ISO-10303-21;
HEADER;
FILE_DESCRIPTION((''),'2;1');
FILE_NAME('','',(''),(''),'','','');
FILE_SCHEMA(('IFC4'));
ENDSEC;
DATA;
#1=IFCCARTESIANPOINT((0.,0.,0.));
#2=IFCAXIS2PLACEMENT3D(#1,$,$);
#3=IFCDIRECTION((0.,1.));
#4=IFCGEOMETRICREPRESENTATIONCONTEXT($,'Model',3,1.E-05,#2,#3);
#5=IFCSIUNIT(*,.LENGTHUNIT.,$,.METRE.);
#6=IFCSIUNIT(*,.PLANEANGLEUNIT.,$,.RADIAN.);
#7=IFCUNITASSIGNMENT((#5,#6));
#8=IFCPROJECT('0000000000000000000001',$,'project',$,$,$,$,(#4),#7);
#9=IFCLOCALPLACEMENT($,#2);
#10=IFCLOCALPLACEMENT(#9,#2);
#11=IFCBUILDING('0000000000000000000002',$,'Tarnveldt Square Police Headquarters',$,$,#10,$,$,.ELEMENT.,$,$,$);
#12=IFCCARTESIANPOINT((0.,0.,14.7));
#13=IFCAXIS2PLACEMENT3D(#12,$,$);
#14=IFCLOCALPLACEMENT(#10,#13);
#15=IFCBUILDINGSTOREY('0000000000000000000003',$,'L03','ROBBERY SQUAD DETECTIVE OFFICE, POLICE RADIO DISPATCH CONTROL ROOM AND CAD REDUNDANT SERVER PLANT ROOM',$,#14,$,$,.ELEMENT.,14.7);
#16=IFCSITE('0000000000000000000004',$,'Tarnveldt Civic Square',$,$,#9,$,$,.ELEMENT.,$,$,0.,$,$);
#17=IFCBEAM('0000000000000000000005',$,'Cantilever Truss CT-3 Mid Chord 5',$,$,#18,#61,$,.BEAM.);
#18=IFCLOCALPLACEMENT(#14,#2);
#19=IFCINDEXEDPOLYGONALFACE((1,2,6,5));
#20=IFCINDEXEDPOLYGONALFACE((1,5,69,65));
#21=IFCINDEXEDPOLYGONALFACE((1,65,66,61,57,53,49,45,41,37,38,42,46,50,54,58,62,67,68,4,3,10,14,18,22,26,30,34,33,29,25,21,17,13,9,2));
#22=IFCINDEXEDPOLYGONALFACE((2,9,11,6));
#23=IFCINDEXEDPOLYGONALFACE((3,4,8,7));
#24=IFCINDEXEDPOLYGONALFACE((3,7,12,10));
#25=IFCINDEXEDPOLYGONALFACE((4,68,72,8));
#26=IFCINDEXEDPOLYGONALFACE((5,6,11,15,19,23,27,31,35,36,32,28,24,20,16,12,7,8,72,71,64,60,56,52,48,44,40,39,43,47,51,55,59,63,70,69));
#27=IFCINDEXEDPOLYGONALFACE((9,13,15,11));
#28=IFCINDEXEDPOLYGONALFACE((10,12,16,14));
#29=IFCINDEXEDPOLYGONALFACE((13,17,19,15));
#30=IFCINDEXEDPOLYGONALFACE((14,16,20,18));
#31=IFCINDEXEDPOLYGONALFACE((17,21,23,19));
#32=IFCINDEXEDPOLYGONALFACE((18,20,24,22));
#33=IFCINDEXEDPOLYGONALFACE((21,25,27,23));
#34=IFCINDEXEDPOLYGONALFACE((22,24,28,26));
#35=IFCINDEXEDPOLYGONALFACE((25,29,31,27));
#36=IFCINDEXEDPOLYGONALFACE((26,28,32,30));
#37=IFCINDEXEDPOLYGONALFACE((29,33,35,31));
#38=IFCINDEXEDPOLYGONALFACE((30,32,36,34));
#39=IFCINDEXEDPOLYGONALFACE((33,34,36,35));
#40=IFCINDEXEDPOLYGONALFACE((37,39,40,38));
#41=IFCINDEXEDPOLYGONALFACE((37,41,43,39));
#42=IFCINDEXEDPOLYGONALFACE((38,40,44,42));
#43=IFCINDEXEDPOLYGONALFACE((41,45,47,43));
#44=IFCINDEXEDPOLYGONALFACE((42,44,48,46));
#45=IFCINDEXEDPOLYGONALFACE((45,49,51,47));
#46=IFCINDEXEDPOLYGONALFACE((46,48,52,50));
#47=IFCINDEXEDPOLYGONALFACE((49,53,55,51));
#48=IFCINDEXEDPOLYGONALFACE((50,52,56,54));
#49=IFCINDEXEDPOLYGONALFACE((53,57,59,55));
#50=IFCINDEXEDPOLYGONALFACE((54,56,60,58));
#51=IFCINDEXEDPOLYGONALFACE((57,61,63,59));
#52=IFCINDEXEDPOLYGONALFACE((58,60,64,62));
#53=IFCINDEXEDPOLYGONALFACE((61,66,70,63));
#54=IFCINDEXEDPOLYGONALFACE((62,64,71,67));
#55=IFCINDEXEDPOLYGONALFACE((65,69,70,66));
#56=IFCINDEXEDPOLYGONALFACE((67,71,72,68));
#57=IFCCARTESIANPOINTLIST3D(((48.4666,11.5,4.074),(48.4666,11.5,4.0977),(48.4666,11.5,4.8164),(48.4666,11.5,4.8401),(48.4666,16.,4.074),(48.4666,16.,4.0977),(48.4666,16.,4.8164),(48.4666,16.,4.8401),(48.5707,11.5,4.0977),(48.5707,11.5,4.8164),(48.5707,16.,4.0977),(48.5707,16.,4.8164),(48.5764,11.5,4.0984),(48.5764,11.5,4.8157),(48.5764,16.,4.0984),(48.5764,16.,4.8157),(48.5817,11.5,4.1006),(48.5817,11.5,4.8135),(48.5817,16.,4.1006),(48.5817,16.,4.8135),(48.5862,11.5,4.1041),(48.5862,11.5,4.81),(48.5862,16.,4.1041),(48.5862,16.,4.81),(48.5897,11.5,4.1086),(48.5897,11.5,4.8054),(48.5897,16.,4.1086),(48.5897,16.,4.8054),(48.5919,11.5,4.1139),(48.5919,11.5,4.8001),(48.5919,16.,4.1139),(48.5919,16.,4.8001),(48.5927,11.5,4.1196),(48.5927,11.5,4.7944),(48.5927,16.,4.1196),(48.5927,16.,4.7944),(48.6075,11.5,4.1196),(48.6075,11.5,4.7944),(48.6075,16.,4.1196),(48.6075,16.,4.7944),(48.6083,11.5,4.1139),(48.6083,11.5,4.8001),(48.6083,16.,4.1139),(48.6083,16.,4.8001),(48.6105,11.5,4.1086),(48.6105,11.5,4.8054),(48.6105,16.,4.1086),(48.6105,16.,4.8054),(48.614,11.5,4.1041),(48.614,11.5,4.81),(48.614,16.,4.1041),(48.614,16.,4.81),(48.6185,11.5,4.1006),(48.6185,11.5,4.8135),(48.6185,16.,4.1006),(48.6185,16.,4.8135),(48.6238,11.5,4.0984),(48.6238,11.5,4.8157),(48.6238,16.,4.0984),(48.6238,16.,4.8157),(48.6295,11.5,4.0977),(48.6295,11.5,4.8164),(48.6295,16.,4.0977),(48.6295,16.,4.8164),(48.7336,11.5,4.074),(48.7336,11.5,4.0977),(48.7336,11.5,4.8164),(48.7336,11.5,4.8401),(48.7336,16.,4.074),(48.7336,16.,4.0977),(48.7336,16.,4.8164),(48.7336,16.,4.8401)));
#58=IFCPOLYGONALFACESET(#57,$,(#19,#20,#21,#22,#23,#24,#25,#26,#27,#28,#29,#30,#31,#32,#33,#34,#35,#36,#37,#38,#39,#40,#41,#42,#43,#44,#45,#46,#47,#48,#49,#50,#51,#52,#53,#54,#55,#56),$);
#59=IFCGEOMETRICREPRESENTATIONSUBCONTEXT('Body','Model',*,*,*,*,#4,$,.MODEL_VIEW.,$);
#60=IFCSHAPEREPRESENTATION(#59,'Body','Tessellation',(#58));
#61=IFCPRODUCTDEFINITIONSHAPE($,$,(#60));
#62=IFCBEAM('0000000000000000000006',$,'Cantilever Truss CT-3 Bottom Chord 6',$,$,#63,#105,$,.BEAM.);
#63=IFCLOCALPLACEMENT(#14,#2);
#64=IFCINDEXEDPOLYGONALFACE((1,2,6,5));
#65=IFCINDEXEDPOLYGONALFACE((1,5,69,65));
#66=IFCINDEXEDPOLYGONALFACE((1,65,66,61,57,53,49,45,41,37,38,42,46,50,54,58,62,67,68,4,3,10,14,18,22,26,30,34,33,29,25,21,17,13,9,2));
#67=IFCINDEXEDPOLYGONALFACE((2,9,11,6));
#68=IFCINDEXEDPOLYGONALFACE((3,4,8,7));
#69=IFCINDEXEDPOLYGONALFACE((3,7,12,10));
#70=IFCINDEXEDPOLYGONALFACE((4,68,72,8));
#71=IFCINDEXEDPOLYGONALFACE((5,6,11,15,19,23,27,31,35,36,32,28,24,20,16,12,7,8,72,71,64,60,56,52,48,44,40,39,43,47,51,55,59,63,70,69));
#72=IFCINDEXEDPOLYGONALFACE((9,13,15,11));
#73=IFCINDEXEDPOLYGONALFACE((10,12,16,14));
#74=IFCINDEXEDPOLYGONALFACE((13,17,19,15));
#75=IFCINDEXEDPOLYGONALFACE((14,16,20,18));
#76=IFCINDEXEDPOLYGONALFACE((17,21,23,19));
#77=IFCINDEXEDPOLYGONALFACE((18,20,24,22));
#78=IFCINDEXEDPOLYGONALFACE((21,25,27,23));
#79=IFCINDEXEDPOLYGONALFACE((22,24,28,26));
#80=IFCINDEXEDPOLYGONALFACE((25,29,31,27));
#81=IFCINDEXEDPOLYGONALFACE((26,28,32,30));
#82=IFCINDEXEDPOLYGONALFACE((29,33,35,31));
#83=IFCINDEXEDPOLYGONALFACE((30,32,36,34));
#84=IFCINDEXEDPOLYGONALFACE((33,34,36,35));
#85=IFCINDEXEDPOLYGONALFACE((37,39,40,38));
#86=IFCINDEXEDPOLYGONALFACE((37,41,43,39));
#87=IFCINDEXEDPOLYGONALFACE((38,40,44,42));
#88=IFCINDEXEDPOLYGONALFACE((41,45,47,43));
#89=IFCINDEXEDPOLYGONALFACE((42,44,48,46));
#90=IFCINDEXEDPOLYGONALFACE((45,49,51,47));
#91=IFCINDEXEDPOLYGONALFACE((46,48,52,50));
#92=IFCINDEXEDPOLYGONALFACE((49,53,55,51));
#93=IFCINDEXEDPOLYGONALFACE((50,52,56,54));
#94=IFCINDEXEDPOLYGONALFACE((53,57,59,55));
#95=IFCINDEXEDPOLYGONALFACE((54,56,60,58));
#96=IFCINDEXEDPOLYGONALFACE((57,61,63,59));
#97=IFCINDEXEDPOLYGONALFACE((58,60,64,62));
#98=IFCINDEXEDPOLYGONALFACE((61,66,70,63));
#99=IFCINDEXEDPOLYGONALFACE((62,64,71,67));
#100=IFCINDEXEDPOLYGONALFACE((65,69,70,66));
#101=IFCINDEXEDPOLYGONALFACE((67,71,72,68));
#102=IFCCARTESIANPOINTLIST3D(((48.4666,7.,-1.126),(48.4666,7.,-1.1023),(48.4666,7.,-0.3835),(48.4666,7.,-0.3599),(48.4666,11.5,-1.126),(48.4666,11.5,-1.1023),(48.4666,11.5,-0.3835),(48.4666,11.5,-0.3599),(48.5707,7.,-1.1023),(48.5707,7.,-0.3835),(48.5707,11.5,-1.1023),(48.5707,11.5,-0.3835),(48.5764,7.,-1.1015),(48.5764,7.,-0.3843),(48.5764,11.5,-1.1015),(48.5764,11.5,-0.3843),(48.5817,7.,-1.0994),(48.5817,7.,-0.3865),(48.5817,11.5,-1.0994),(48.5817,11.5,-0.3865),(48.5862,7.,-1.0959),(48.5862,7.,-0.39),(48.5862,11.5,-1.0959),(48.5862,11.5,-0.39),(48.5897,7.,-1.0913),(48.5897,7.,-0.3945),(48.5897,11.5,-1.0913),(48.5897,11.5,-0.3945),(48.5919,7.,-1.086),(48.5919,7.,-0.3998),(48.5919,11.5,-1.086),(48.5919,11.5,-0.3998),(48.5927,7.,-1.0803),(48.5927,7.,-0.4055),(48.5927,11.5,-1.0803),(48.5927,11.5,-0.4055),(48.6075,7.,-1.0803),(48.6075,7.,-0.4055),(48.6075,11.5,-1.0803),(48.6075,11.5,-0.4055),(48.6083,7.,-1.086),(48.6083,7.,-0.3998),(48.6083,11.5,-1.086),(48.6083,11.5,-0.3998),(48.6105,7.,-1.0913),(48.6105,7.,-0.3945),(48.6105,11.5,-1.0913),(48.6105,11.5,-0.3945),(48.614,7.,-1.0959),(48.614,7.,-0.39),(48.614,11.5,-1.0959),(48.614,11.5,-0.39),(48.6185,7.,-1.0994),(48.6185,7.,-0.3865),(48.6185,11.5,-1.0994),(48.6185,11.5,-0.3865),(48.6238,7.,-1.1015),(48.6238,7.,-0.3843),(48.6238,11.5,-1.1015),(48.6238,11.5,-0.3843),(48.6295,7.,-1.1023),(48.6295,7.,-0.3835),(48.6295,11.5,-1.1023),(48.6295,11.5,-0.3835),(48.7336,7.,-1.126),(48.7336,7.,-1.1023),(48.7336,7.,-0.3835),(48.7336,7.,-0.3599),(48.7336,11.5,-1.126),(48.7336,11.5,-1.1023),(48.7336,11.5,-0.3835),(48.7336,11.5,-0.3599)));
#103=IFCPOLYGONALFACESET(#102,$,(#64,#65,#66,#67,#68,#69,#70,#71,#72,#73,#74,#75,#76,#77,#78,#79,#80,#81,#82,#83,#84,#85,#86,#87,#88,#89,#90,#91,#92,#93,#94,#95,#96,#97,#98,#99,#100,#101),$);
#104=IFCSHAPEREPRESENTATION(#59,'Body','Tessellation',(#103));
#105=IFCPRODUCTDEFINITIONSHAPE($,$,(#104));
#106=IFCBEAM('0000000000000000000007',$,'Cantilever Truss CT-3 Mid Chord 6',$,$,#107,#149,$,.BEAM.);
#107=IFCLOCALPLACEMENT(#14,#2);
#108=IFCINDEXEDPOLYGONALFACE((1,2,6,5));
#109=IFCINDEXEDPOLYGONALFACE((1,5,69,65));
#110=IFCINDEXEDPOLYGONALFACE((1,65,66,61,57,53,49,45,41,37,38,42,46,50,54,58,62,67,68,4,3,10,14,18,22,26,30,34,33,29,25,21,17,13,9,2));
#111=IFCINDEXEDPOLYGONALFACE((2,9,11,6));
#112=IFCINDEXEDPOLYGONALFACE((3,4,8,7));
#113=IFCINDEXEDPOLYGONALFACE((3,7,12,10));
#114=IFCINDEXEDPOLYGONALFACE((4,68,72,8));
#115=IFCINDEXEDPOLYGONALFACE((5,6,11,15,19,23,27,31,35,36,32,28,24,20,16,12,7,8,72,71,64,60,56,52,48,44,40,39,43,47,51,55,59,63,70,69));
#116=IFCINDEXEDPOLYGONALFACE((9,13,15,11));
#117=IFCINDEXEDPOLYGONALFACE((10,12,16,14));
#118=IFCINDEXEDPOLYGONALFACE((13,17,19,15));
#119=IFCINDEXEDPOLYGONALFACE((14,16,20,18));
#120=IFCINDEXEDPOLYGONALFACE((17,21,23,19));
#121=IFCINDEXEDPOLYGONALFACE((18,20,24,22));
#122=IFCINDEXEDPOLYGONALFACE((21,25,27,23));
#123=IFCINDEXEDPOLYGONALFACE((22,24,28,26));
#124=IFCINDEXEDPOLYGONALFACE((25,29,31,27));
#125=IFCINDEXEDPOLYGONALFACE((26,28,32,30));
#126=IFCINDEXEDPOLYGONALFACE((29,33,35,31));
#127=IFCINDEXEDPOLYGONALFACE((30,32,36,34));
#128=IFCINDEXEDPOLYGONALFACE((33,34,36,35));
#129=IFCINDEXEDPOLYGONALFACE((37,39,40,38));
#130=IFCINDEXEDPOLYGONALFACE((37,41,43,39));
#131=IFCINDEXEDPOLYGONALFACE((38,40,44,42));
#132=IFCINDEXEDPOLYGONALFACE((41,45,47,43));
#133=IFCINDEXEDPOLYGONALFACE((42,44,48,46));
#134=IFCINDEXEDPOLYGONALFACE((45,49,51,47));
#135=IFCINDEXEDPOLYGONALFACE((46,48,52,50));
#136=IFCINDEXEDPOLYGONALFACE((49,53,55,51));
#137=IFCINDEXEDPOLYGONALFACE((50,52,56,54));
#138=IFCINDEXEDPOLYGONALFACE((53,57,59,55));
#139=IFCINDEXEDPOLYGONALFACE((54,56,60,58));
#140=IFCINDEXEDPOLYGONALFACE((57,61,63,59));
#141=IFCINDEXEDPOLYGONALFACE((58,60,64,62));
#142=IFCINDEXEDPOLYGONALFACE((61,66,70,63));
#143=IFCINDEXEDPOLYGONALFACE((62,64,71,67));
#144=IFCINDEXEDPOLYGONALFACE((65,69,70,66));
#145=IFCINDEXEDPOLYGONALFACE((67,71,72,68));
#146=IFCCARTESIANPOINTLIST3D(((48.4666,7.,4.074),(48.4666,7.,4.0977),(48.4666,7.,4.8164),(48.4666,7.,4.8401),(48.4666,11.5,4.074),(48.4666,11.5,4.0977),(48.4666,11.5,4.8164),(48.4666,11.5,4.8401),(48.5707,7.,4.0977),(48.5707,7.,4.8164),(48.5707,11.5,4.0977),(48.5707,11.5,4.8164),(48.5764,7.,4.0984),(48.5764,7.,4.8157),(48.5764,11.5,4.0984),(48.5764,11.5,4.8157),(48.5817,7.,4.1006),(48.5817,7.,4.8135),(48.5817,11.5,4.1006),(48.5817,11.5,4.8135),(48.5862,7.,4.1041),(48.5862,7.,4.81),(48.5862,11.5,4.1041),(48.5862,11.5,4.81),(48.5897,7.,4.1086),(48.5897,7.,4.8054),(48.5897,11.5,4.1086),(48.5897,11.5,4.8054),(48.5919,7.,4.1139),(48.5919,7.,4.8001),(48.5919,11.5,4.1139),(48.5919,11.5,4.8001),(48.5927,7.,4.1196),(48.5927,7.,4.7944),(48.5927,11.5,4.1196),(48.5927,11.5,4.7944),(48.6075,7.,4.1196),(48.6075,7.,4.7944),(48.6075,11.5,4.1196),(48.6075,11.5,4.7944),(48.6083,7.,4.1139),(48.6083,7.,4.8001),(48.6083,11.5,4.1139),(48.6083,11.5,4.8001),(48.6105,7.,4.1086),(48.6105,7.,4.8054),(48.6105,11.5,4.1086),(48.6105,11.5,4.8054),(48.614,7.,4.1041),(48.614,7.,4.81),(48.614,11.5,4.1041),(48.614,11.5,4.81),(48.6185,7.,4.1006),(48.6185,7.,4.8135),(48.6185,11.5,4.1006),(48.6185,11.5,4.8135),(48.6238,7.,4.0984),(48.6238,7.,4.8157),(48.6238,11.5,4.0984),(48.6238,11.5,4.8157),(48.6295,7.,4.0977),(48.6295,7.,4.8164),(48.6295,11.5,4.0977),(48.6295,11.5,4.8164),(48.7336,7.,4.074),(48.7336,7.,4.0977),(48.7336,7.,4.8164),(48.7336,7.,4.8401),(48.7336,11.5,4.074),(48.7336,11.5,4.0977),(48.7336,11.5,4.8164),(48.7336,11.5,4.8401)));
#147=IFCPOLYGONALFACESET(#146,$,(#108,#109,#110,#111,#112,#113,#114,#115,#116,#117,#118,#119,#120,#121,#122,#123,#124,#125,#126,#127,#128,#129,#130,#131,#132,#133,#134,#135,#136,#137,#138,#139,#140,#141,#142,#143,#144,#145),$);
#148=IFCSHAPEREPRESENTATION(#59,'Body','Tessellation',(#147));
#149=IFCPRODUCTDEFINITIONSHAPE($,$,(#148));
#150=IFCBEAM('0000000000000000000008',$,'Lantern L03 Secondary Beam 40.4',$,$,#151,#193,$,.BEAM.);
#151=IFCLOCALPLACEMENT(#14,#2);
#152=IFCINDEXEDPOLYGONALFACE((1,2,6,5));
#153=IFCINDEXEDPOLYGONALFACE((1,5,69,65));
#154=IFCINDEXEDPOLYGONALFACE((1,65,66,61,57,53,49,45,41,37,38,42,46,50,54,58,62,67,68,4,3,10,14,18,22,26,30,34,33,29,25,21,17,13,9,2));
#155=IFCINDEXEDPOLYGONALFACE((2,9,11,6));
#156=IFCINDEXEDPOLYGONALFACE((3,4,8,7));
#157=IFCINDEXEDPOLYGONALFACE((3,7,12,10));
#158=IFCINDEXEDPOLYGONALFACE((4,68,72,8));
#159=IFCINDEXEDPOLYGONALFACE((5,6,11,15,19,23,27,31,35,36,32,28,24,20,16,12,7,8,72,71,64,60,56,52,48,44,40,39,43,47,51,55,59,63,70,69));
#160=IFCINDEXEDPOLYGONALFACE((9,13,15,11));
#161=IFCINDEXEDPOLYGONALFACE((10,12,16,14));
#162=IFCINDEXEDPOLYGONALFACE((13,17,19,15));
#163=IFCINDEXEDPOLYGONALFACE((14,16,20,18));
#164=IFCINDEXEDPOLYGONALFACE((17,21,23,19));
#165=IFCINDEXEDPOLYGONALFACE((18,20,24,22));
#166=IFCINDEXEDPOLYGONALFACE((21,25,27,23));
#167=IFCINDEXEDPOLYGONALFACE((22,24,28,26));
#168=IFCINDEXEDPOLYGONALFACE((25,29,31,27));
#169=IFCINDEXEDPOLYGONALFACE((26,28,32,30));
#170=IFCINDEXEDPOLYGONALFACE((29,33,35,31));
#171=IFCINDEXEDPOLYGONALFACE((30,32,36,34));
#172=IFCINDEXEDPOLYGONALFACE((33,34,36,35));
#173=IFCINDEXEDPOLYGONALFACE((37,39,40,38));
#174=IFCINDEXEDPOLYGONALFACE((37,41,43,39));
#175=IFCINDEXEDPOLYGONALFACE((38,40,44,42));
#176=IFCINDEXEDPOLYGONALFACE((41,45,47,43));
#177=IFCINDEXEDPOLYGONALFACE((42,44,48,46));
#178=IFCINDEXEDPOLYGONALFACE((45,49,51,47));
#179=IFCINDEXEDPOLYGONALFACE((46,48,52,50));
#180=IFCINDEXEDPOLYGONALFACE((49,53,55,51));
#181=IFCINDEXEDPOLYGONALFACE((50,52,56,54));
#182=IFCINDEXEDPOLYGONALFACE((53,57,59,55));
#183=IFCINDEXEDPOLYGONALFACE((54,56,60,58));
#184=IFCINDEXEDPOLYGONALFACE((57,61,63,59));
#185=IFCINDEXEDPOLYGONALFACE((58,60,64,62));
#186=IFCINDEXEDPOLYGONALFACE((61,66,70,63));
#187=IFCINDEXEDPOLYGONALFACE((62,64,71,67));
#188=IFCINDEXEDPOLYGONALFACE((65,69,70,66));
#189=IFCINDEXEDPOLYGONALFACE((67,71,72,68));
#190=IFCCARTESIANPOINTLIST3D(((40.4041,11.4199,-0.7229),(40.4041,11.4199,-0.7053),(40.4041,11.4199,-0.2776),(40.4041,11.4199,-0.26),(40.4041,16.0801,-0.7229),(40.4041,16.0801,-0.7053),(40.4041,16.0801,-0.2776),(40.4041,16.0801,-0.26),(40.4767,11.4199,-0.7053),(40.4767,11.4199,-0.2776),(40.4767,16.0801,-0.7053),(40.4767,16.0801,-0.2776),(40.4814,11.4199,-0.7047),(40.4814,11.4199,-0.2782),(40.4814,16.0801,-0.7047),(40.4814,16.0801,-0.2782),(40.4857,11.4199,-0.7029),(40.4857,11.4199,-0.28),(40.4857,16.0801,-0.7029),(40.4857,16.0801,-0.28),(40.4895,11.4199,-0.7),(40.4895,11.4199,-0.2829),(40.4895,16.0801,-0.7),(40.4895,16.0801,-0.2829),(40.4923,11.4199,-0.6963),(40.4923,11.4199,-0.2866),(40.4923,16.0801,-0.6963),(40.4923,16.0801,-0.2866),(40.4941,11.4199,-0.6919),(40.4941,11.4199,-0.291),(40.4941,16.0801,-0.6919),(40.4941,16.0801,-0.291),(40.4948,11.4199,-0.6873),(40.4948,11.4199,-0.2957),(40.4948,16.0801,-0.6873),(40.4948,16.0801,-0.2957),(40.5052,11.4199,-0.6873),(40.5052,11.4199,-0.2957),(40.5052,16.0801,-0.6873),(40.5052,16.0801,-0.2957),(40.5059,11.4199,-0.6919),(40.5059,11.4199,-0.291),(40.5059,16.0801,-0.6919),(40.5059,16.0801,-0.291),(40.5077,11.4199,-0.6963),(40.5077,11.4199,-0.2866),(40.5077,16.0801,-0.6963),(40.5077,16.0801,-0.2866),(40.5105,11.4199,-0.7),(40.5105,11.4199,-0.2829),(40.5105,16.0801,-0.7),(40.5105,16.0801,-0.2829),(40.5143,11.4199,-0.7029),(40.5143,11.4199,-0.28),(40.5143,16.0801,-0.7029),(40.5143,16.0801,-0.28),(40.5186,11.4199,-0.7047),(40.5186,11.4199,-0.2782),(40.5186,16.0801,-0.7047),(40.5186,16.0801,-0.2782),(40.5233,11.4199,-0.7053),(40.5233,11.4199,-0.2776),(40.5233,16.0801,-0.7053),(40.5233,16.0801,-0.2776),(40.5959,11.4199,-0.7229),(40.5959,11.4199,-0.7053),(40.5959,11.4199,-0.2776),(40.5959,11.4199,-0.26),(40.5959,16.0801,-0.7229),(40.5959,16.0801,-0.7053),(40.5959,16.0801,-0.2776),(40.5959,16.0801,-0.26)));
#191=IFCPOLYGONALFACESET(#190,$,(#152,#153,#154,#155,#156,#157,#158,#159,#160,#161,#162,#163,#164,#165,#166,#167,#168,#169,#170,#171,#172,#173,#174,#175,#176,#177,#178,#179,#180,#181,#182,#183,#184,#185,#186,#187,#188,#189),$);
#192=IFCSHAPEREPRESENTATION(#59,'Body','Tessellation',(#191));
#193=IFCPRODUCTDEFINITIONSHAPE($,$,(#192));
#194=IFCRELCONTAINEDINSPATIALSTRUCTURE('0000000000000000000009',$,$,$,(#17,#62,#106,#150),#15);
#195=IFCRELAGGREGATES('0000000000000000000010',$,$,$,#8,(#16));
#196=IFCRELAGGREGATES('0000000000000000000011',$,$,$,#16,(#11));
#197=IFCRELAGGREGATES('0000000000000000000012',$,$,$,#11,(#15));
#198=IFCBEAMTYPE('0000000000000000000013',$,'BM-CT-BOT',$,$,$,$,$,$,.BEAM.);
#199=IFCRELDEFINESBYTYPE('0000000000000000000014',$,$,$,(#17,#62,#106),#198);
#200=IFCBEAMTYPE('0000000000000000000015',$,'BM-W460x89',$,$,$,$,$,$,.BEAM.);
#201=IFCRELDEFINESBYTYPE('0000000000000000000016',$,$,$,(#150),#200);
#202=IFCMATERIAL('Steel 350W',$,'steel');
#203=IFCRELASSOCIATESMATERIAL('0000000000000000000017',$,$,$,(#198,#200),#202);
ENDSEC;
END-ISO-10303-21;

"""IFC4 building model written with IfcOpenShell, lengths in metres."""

from ifc_helpers import new_model, si_unit, direction, frame, origin, origin_2d, place, context, subcontext, project, spatial, i_section, extrude, material, material_profile, profile_set, type_object, element, save


model = new_model("IFC4")

# Units and contexts
model_context = context("Model", 3, precision=1e-05, world=origin(), true_north=direction((0.0, 1.0)))
body_context = subcontext(model_context, "Body", "Model", "MODEL_VIEW")
ifc_project = project(units=[si_unit("LENGTHUNIT", "METRE"), si_unit("PLANEANGLEUNIT", "RADIAN")], contexts=[model_context])

# Site, building, storey
site_placement = place(None, origin())
site = spatial("IfcSite", under=ifc_project, at=site_placement, Name="Tarnveldt Civic Square", CompositionType="ELEMENT", RefElevation=0.0)
building_placement = place(site_placement, origin())
building = spatial("IfcBuilding", under=site, at=building_placement, Name="Tarnveldt Square Police Headquarters", CompositionType="ELEMENT")
storey_placement = place(building_placement, frame((0.0, 0.0, 14.7)))
storey = spatial("IfcBuildingStorey", under=building, at=storey_placement, Name="L03", Description="ROBBERY SQUAD DETECTIVE OFFICE, POLICE RADIO DISPATCH CONTROL ROOM AND CAD REDUNDANT SERVER PLANT ROOM", CompositionType="ELEMENT", Elevation=14.7)

# Shared definitions
ifc_material_1 = material(Name="Steel 350W", Category="steel")

# Beams
ifc_material_profile_1 = material_profile(ifc_material_1, i_section(OverallWidth=0.2671, OverallDepth=0.7661, WebThickness=0.0149, FlangeThickness=0.0237, FilletRadius=0.022, at=origin_2d()), Name="W760x185")
ifc_profile_set_1 = profile_set([ifc_material_profile_1], Name="Steel 350W")
beam_type_1 = type_object("IfcBeamType", Name="BM-CT-BOT", PredefinedType="BEAM", material=ifc_profile_set_1)
for number, where, z_axis, x_axis, name in (
    (1, (48.6001, 16.0, 4.457), (0.0, -1.0, 0.0), (1.0, 0.0, 0.0), "Cantilever Truss CT-3 Mid Chord 5"),
    (2, (48.6001, 11.5, -0.7429), (0.0, -1.0, 0.0), (1.0, 0.0, 0.0), "Cantilever Truss CT-3 Bottom Chord 6"),
    (3, (48.6001, 11.5, 4.457), (0.0, -1.0, 0.0), (1.0, 0.0, 0.0), "Cantilever Truss CT-3 Mid Chord 6"),
):
    element("IfcBeam", number, at=place(storey_placement, frame(where, z_axis=z_axis, x_axis=x_axis)), inside=storey, type_object=beam_type_1, Name=name, PredefinedType="BEAM", context=body_context, shape_type="SweptSolid", body=[
        extrude(i_section(OverallWidth=0.2671, OverallDepth=0.7661, WebThickness=0.0149, FlangeThickness=0.0237, FilletRadius=0.022, at=origin_2d()), origin(), (0.0, 0.0, 1.0), 4.5),
    ])
ifc_material_profile_2 = material_profile(ifc_material_1, i_section(OverallWidth=0.1919, OverallDepth=0.4629, WebThickness=0.0105, FlangeThickness=0.0176, FilletRadius=0.0181, at=origin_2d()), Name="W460x89")
ifc_profile_set_2 = profile_set([ifc_material_profile_2], Name="Steel 350W")
beam_type_2 = type_object("IfcBeamType", Name="BM-W460x89", PredefinedType="BEAM", material=ifc_profile_set_2)
for number, where, z_axis, x_axis, name in (
    (4, (40.5, 16.0801, -0.4915), (0.0, -1.0, 0.0), (1.0, 0.0, 0.0), "Lantern L03 Secondary Beam 40.4"),
):
    element("IfcBeam", number, at=place(storey_placement, frame(where, z_axis=z_axis, x_axis=x_axis)), inside=storey, type_object=beam_type_2, Name=name, PredefinedType="BEAM", context=body_context, shape_type="SweptSolid", body=[
        extrude(i_section(OverallWidth=0.1919, OverallDepth=0.4629, WebThickness=0.0105, FlangeThickness=0.0176, FilletRadius=0.0181, at=origin_2d()), origin(), (0.0, 0.0, 1.0), 4.6602),
    ])

save(model, "model.ifc")
